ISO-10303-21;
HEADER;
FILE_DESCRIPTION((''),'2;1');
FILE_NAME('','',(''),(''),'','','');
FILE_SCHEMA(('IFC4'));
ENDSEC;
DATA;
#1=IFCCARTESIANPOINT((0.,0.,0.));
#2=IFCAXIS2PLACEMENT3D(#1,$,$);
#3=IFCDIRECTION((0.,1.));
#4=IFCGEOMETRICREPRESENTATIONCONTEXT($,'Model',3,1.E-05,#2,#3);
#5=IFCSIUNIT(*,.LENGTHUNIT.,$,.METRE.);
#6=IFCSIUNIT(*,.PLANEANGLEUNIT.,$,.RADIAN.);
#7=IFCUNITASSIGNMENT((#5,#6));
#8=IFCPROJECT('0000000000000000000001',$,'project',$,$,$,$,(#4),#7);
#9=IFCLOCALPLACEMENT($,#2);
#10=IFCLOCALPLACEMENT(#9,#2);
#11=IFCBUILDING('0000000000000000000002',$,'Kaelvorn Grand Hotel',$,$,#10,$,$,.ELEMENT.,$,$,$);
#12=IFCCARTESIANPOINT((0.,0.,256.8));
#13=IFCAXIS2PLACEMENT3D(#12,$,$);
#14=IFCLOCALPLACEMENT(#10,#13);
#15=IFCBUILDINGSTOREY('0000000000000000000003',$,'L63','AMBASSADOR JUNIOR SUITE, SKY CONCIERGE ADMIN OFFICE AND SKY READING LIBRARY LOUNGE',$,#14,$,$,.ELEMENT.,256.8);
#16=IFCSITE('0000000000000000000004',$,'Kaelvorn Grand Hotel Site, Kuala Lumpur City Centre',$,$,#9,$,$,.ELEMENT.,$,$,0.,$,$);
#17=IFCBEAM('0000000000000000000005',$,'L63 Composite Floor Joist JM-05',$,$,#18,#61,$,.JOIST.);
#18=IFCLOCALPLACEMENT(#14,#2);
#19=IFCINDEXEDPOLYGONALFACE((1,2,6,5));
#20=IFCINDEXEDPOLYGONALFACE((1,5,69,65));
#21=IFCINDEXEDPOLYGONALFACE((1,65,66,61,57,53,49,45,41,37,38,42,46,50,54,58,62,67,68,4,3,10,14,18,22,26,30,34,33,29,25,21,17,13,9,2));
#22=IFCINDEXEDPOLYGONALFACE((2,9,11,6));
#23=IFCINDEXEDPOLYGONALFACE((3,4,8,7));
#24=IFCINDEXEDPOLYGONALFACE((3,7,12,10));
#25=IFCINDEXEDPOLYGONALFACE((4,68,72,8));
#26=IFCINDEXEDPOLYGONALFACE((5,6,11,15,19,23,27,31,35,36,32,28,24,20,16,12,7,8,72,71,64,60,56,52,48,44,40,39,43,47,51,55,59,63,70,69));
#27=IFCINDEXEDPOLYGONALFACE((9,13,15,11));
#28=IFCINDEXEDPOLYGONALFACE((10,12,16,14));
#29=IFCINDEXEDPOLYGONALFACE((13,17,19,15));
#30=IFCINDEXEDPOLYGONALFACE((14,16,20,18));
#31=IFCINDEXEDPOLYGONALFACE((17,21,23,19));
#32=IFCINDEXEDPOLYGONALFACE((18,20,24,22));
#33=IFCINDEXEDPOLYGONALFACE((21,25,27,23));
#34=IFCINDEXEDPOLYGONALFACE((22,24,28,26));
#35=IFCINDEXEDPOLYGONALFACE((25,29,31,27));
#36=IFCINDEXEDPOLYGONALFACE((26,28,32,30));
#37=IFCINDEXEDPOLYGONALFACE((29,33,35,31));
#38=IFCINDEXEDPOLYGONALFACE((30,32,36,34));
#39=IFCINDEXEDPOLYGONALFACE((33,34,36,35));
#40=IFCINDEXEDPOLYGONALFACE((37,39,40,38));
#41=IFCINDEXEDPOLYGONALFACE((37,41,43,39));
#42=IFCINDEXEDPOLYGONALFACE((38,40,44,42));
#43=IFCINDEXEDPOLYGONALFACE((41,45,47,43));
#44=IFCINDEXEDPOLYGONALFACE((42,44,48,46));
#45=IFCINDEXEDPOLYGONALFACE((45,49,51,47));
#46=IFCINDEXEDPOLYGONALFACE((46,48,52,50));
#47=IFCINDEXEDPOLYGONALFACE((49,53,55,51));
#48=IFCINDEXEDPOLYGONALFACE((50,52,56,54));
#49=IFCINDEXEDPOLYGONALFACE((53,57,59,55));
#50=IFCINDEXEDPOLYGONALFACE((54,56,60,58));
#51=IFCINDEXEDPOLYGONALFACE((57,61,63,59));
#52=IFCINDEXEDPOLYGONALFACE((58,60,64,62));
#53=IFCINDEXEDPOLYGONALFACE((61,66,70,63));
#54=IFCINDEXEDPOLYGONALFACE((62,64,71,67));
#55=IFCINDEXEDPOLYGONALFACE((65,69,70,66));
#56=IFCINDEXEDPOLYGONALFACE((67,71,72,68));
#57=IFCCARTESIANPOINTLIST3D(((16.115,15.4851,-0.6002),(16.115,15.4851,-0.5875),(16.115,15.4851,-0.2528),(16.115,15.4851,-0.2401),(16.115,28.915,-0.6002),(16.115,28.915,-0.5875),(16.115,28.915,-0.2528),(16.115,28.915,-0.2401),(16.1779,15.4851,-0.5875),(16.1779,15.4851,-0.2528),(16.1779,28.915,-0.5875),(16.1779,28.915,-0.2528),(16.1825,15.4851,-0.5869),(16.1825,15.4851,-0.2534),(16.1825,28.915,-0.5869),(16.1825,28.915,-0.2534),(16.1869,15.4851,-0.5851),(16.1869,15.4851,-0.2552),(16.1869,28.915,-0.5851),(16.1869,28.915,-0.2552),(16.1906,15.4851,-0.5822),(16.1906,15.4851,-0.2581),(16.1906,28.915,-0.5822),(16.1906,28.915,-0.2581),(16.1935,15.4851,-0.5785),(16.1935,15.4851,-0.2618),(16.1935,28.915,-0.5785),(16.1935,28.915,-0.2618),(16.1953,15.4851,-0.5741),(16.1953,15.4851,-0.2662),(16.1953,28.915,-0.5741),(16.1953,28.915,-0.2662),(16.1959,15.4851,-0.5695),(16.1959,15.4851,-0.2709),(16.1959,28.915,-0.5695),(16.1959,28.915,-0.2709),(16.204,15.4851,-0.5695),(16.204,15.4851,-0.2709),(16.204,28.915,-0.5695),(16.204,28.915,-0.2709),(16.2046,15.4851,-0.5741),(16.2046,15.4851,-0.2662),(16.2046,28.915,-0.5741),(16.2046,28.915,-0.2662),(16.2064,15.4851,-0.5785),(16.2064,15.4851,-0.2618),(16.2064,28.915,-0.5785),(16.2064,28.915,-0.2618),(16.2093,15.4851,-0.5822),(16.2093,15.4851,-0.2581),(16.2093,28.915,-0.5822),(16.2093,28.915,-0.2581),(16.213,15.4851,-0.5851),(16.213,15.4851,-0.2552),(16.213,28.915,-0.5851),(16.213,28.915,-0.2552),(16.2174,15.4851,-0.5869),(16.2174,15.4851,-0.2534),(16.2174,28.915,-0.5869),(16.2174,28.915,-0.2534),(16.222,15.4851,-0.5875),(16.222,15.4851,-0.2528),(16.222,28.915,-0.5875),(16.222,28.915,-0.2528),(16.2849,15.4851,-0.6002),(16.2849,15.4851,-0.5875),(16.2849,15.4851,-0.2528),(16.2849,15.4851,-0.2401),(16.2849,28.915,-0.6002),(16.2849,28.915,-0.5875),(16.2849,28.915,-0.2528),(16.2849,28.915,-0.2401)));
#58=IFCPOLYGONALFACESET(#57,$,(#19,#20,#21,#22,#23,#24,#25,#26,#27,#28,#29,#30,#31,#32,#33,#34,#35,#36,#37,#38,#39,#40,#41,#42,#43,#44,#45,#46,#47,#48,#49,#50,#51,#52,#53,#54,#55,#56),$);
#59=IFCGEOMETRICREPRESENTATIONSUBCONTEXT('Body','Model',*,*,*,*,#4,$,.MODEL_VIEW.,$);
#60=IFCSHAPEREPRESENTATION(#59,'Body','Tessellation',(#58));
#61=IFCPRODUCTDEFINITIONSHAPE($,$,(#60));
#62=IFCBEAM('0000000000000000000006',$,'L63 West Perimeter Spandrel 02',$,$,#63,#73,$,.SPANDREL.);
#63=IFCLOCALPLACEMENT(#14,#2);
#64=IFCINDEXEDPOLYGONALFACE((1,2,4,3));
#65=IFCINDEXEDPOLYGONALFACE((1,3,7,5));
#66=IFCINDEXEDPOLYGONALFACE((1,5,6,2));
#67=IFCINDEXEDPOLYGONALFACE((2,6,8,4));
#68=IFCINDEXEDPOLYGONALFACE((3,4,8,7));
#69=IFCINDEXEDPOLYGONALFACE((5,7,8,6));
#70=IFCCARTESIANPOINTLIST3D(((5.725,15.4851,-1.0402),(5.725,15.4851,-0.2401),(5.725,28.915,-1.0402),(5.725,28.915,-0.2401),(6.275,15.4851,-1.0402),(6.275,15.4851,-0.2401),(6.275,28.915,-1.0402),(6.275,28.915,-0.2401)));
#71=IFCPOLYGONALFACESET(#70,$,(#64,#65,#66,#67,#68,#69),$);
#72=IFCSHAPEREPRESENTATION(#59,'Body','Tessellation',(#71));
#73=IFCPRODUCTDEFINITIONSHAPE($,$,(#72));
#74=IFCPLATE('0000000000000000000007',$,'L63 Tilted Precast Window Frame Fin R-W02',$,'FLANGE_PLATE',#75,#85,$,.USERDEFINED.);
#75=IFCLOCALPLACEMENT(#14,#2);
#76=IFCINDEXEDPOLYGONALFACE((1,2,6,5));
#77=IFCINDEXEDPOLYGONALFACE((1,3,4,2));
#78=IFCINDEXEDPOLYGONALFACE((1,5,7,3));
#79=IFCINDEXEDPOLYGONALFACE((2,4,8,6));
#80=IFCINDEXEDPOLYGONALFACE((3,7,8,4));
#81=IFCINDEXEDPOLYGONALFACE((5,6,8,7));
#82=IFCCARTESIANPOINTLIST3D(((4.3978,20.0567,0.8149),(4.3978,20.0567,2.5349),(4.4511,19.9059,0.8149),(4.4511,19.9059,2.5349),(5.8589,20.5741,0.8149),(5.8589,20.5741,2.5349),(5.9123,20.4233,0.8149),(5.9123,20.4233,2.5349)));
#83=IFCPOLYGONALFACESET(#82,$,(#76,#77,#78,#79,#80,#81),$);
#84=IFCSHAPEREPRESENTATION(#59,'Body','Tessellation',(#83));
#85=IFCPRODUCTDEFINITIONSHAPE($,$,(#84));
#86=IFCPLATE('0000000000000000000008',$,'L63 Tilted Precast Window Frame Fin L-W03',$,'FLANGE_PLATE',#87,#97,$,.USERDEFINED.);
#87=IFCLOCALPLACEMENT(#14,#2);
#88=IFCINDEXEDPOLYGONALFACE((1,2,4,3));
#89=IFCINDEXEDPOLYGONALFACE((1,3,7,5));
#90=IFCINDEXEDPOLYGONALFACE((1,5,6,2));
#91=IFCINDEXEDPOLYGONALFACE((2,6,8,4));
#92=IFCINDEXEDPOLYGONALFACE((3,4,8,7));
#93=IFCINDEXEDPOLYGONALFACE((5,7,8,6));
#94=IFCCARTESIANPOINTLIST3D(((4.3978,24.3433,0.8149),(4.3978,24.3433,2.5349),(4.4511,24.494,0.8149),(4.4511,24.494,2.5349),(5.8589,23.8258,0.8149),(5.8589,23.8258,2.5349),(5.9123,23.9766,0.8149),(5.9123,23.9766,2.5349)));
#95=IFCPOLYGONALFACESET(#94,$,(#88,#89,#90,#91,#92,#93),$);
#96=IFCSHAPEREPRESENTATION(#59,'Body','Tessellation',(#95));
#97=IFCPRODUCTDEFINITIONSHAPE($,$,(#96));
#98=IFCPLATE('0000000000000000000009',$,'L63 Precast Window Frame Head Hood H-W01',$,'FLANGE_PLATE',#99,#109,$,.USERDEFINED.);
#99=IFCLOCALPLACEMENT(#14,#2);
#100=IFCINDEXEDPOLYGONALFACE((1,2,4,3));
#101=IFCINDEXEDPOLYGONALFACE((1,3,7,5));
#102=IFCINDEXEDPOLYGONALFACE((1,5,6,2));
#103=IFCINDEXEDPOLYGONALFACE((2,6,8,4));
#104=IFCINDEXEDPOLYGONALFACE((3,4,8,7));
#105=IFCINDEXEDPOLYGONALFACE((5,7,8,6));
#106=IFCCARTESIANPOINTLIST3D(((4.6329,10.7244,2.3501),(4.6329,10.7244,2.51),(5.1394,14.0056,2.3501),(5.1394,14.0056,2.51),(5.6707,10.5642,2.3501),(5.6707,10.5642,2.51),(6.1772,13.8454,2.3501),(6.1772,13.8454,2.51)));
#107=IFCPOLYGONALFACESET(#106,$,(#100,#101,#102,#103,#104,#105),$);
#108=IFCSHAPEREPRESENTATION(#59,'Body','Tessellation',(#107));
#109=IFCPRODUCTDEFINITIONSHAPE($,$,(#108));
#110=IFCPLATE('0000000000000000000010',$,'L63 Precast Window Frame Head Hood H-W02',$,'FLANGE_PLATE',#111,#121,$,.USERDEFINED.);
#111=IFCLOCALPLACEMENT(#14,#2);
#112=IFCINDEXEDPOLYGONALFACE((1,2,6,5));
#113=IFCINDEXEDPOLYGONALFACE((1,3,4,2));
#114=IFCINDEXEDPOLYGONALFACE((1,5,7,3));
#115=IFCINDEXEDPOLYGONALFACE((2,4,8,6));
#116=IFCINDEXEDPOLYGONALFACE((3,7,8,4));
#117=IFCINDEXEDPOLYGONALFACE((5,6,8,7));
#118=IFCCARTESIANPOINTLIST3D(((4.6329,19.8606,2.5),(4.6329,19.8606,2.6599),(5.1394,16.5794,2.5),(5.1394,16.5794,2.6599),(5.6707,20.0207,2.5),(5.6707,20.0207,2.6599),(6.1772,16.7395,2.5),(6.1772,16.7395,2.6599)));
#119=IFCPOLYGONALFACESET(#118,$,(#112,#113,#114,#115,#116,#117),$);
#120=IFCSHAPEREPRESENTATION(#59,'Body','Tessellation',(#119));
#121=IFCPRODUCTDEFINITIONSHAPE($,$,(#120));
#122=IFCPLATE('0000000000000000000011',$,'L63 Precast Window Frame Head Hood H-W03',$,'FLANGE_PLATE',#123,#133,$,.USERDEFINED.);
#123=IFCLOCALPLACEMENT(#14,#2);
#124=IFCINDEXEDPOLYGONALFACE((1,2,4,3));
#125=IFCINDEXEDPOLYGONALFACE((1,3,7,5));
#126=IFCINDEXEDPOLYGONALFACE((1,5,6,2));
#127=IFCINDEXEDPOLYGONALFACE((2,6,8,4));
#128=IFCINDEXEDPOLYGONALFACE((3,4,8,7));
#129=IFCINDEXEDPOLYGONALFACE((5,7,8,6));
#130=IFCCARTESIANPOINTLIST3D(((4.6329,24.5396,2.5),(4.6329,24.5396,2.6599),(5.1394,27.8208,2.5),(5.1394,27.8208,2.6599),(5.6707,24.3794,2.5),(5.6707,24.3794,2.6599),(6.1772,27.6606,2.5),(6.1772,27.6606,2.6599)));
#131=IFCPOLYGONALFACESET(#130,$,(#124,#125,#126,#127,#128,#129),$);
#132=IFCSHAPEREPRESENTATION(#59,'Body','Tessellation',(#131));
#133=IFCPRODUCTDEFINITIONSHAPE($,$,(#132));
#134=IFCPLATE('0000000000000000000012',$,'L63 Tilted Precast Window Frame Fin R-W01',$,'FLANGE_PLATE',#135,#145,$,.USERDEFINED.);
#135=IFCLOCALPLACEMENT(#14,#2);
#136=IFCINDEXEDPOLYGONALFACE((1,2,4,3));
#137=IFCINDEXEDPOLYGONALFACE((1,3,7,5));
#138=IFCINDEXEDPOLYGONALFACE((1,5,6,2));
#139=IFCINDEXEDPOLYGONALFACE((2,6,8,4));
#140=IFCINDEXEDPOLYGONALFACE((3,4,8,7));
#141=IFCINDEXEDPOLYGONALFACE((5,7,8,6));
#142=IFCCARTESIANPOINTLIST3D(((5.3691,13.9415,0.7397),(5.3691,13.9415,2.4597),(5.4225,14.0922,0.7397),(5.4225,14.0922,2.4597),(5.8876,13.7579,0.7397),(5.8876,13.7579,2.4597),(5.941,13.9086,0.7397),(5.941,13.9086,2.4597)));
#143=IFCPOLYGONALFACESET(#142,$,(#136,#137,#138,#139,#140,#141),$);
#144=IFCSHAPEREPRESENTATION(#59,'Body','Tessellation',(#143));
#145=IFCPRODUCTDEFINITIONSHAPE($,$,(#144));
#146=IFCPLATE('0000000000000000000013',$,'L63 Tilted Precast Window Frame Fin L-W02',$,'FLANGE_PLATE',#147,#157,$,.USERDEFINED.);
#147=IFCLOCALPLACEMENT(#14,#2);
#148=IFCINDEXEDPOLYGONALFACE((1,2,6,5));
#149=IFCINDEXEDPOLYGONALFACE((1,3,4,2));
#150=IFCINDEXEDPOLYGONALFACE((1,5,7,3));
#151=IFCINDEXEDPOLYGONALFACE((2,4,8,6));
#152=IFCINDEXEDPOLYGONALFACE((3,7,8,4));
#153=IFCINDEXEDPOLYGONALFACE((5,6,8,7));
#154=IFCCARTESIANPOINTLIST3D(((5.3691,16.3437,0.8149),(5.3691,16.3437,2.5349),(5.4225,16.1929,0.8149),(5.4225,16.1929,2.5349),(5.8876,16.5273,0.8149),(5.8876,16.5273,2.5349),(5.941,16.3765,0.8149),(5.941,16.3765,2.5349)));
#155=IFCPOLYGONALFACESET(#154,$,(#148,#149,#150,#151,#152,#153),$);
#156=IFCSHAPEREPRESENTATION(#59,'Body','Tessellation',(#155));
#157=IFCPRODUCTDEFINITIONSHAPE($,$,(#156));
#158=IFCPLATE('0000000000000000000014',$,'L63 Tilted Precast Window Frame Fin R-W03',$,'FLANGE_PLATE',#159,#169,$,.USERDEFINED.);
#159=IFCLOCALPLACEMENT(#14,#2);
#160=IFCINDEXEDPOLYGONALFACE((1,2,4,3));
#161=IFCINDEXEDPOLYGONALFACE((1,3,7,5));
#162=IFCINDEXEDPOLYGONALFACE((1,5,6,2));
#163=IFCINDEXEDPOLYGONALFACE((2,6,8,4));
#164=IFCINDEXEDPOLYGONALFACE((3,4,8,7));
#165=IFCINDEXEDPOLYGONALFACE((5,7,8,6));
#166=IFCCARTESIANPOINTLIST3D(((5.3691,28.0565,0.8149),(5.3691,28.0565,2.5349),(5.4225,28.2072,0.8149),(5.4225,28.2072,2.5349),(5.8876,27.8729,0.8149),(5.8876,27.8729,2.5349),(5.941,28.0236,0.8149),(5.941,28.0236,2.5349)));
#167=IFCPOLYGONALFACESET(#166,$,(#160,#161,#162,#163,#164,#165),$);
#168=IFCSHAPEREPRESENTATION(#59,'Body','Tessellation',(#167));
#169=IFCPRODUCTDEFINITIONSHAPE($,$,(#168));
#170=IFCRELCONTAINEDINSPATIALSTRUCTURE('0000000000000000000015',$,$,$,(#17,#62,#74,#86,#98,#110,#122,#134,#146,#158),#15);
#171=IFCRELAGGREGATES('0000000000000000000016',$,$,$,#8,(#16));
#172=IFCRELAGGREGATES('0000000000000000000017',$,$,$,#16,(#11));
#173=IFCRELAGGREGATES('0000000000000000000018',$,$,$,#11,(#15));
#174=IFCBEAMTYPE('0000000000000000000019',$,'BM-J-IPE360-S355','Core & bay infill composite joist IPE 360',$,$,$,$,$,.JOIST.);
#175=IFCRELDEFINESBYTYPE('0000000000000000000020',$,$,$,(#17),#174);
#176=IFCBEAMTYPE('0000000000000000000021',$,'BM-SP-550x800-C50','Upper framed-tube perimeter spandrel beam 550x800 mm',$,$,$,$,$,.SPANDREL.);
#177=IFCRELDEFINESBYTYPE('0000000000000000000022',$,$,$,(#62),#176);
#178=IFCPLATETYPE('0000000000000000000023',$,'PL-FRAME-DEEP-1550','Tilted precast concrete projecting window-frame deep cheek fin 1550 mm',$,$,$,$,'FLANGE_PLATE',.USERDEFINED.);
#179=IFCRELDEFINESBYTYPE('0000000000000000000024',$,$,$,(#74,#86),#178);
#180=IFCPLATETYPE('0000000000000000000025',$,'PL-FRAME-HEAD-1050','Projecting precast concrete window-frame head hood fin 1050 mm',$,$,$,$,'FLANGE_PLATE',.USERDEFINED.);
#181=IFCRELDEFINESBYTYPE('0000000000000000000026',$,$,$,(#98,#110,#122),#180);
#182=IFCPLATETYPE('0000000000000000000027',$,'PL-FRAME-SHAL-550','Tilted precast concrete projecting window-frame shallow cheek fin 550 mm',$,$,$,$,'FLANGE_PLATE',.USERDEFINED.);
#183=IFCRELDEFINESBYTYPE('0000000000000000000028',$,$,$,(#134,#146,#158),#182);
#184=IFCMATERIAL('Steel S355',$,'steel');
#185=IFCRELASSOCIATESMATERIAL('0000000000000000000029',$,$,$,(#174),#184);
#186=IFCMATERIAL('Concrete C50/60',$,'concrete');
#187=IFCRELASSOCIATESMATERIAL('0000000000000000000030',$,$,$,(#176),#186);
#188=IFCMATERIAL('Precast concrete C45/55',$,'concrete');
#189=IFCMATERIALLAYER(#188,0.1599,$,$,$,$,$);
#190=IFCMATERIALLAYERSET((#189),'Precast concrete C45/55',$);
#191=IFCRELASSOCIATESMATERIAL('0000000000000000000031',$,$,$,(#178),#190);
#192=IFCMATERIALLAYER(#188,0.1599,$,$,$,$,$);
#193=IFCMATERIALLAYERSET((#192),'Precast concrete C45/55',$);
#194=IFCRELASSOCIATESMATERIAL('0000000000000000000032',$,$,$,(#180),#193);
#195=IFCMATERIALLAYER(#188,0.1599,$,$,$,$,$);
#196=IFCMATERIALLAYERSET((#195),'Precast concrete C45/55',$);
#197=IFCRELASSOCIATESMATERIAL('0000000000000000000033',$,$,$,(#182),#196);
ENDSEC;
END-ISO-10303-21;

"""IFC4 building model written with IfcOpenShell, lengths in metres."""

from ifc_helpers import new_model, si_unit, direction, frame, origin, origin_2d, place, context, subcontext, project, spatial, rectangle, i_section, extrude, material, layer, layer_set, material_profile, profile_set, type_object, element, save


model = new_model("IFC4")

# Units and contexts
model_context = context("Model", 3, precision=1e-05, world=origin(), true_north=direction((0.0, 1.0)))
body_context = subcontext(model_context, "Body", "Model", "MODEL_VIEW")
ifc_project = project(units=[si_unit("LENGTHUNIT", "METRE"), si_unit("PLANEANGLEUNIT", "RADIAN")], contexts=[model_context])

# Site, building, storey
site_placement = place(None, origin())
site = spatial("IfcSite", under=ifc_project, at=site_placement, Name="Kaelvorn Grand Hotel Site, Kuala Lumpur City Centre", CompositionType="ELEMENT", RefElevation=0.0)
building_placement = place(site_placement, origin())
building = spatial("IfcBuilding", under=site, at=building_placement, Name="Kaelvorn Grand Hotel", CompositionType="ELEMENT")
storey_placement = place(building_placement, frame((0.0, 0.0, 256.8)))
storey = spatial("IfcBuildingStorey", under=building, at=storey_placement, Name="L63", Description="AMBASSADOR JUNIOR SUITE, SKY CONCIERGE ADMIN OFFICE AND SKY READING LIBRARY LOUNGE", CompositionType="ELEMENT", Elevation=256.8)

# Shared definitions
ifc_material_1 = material(Name="Concrete C50/60", Category="concrete")

# Beams
ifc_material_2 = material(Name="Steel S355", Category="steel")
ifc_material_profile_1 = material_profile(ifc_material_2, i_section(OverallWidth=0.1699, OverallDepth=0.3601, WebThickness=0.0081, FlangeThickness=0.0127, FilletRadius=0.0181, at=origin_2d()), Name="IPE 360")
ifc_profile_set_1 = profile_set([ifc_material_profile_1], Name="Steel S355")
beam_type_1 = type_object("IfcBeamType", Name="BM-J-IPE360-S355", Description="Core & bay infill composite joist IPE 360", PredefinedType="JOIST", material=ifc_profile_set_1)
beam_1_placement = place(storey_placement, frame((16.2, 15.4851, -0.4202), z_axis=(0.0, 1.0, 0.0), x_axis=(-1.0, 0.0, 0.0)))
element("IfcBeam", 1, at=beam_1_placement, inside=storey, type_object=beam_type_1, Name="L63 Composite Floor Joist JM-05", PredefinedType="JOIST", context=body_context, shape_type="SweptSolid", body=[
    extrude(i_section(OverallWidth=0.1699, OverallDepth=0.3601, WebThickness=0.0081, FlangeThickness=0.0127, FilletRadius=0.0181, at=origin_2d()), origin(), (0.0, 0.0, 1.0), 13.4299),
])
ifc_material_profile_2 = material_profile(ifc_material_1, rectangle(XDim=0.55, YDim=0.8, at=origin_2d()), Name="RC SPANDREL 550x800")
ifc_profile_set_2 = profile_set([ifc_material_profile_2], Name="Concrete C50/60")
beam_type_2 = type_object("IfcBeamType", Name="BM-SP-550x800-C50", Description="Upper framed-tube perimeter spandrel beam 550x800 mm", PredefinedType="SPANDREL", material=ifc_profile_set_2)
beam_2_placement = place(storey_placement, frame((6.0, 15.4851, -0.6401), z_axis=(0.0, 1.0, 0.0), x_axis=(-1.0, 0.0, 0.0)))
element("IfcBeam", 2, at=beam_2_placement, inside=storey, type_object=beam_type_2, Name="L63 West Perimeter Spandrel 02", PredefinedType="SPANDREL", context=body_context, shape_type="SweptSolid", body=[
    extrude(rectangle(XDim=0.55, YDim=0.8, at=origin_2d()), origin(), (0.0, 0.0, 1.0), 13.4299),
])

# Plates
ifc_material_3 = material(Name="Precast concrete C45/55", Category="concrete")
ifc_layer_1 = layer(ifc_material_3, 0.1599)
ifc_layer_set_1 = layer_set([ifc_layer_1], Name="Precast concrete C45/55")
plate_type_1 = type_object("IfcPlateType", Name="PL-FRAME-DEEP-1550", Description="Tilted precast concrete projecting window-frame deep cheek fin 1550 mm", ElementType="FLANGE_PLATE", PredefinedType="USERDEFINED", material=ifc_layer_set_1)
for number, where, z_axis, x_axis, name in (
    (3, (5.155, 20.24, 0.8149), (0.0, 0.0, 1.0), (-0.333807, 0.942641, 0.0), "L63 Tilted Precast Window Frame Fin R-W02"),
    (4, (5.155, 24.1599, 0.8149), (0.0, 0.0, 1.0), (0.333807, 0.942641, 0.0), "L63 Tilted Precast Window Frame Fin L-W03"),
):
    element("IfcPlate", number, at=place(storey_placement, frame(where, z_axis=z_axis, x_axis=x_axis)), inside=storey, type_object=plate_type_1, Name=name, ObjectType="FLANGE_PLATE", PredefinedType="USERDEFINED", context=body_context, shape_type="SweptSolid", body=[
        extrude(rectangle(XDim=0.1599, YDim=1.55, at=origin_2d()), origin(), (0.0, 0.0, 1.0), 1.72),
    ])
ifc_layer_2 = layer(ifc_material_3, 0.1599)
ifc_layer_set_2 = layer_set([ifc_layer_2], Name="Precast concrete C45/55")
plate_type_2 = type_object("IfcPlateType", Name="PL-FRAME-HEAD-1050", Description="Projecting precast concrete window-frame head hood fin 1050 mm", ElementType="FLANGE_PLATE", PredefinedType="USERDEFINED", material=ifc_layer_set_2)
for number, where, z_axis, x_axis, name in (
    (5, (5.405, 12.2849, 2.3501), (0.0, 0.0, 1.0), (0.152555, 0.988295, 0.0), "L63 Precast Window Frame Head Hood H-W01"),
    (6, (5.405, 18.3, 2.5), (0.0, 0.0, 1.0), (-0.152555, 0.988295, 0.0), "L63 Precast Window Frame Head Hood H-W02"),
    (7, (5.405, 26.1001, 2.5), (0.0, 0.0, 1.0), (0.152555, 0.988295, 0.0), "L63 Precast Window Frame Head Hood H-W03"),
):
    element("IfcPlate", number, at=place(storey_placement, frame(where, z_axis=z_axis, x_axis=x_axis)), inside=storey, type_object=plate_type_2, Name=name, ObjectType="FLANGE_PLATE", PredefinedType="USERDEFINED", context=body_context, shape_type="SweptSolid", body=[
        extrude(rectangle(XDim=3.3201, YDim=1.05, at=origin_2d()), origin(), (0.0, 0.0, 1.0), 0.1599),
    ])
ifc_layer_3 = layer(ifc_material_3, 0.1599)
ifc_layer_set_3 = layer_set([ifc_layer_3], Name="Precast concrete C45/55")
plate_type_3 = type_object("IfcPlateType", Name="PL-FRAME-SHAL-550", Description="Tilted precast concrete projecting window-frame shallow cheek fin 550 mm", ElementType="FLANGE_PLATE", PredefinedType="USERDEFINED", material=ifc_layer_set_3)
for number, where, z_axis, x_axis, name in (
    (8, (5.655, 13.925, 0.7397), (0.0, 0.0, 1.0), (0.333807, 0.942641, 0.0), "L63 Tilted Precast Window Frame Fin R-W01"),
    (9, (5.655, 16.3601, 0.8149), (0.0, 0.0, 1.0), (-0.333807, 0.942641, 0.0), "L63 Tilted Precast Window Frame Fin L-W02"),
    (10, (5.655, 28.04, 0.8149), (0.0, 0.0, 1.0), (0.333807, 0.942641, 0.0), "L63 Tilted Precast Window Frame Fin R-W03"),
):
    element("IfcPlate", number, at=place(storey_placement, frame(where, z_axis=z_axis, x_axis=x_axis)), inside=storey, type_object=plate_type_3, Name=name, ObjectType="FLANGE_PLATE", PredefinedType="USERDEFINED", context=body_context, shape_type="SweptSolid", body=[
        extrude(rectangle(XDim=0.1599, YDim=0.55, at=origin_2d()), origin(), (0.0, 0.0, 1.0), 1.72),
    ])

save(model, "model.ifc")
